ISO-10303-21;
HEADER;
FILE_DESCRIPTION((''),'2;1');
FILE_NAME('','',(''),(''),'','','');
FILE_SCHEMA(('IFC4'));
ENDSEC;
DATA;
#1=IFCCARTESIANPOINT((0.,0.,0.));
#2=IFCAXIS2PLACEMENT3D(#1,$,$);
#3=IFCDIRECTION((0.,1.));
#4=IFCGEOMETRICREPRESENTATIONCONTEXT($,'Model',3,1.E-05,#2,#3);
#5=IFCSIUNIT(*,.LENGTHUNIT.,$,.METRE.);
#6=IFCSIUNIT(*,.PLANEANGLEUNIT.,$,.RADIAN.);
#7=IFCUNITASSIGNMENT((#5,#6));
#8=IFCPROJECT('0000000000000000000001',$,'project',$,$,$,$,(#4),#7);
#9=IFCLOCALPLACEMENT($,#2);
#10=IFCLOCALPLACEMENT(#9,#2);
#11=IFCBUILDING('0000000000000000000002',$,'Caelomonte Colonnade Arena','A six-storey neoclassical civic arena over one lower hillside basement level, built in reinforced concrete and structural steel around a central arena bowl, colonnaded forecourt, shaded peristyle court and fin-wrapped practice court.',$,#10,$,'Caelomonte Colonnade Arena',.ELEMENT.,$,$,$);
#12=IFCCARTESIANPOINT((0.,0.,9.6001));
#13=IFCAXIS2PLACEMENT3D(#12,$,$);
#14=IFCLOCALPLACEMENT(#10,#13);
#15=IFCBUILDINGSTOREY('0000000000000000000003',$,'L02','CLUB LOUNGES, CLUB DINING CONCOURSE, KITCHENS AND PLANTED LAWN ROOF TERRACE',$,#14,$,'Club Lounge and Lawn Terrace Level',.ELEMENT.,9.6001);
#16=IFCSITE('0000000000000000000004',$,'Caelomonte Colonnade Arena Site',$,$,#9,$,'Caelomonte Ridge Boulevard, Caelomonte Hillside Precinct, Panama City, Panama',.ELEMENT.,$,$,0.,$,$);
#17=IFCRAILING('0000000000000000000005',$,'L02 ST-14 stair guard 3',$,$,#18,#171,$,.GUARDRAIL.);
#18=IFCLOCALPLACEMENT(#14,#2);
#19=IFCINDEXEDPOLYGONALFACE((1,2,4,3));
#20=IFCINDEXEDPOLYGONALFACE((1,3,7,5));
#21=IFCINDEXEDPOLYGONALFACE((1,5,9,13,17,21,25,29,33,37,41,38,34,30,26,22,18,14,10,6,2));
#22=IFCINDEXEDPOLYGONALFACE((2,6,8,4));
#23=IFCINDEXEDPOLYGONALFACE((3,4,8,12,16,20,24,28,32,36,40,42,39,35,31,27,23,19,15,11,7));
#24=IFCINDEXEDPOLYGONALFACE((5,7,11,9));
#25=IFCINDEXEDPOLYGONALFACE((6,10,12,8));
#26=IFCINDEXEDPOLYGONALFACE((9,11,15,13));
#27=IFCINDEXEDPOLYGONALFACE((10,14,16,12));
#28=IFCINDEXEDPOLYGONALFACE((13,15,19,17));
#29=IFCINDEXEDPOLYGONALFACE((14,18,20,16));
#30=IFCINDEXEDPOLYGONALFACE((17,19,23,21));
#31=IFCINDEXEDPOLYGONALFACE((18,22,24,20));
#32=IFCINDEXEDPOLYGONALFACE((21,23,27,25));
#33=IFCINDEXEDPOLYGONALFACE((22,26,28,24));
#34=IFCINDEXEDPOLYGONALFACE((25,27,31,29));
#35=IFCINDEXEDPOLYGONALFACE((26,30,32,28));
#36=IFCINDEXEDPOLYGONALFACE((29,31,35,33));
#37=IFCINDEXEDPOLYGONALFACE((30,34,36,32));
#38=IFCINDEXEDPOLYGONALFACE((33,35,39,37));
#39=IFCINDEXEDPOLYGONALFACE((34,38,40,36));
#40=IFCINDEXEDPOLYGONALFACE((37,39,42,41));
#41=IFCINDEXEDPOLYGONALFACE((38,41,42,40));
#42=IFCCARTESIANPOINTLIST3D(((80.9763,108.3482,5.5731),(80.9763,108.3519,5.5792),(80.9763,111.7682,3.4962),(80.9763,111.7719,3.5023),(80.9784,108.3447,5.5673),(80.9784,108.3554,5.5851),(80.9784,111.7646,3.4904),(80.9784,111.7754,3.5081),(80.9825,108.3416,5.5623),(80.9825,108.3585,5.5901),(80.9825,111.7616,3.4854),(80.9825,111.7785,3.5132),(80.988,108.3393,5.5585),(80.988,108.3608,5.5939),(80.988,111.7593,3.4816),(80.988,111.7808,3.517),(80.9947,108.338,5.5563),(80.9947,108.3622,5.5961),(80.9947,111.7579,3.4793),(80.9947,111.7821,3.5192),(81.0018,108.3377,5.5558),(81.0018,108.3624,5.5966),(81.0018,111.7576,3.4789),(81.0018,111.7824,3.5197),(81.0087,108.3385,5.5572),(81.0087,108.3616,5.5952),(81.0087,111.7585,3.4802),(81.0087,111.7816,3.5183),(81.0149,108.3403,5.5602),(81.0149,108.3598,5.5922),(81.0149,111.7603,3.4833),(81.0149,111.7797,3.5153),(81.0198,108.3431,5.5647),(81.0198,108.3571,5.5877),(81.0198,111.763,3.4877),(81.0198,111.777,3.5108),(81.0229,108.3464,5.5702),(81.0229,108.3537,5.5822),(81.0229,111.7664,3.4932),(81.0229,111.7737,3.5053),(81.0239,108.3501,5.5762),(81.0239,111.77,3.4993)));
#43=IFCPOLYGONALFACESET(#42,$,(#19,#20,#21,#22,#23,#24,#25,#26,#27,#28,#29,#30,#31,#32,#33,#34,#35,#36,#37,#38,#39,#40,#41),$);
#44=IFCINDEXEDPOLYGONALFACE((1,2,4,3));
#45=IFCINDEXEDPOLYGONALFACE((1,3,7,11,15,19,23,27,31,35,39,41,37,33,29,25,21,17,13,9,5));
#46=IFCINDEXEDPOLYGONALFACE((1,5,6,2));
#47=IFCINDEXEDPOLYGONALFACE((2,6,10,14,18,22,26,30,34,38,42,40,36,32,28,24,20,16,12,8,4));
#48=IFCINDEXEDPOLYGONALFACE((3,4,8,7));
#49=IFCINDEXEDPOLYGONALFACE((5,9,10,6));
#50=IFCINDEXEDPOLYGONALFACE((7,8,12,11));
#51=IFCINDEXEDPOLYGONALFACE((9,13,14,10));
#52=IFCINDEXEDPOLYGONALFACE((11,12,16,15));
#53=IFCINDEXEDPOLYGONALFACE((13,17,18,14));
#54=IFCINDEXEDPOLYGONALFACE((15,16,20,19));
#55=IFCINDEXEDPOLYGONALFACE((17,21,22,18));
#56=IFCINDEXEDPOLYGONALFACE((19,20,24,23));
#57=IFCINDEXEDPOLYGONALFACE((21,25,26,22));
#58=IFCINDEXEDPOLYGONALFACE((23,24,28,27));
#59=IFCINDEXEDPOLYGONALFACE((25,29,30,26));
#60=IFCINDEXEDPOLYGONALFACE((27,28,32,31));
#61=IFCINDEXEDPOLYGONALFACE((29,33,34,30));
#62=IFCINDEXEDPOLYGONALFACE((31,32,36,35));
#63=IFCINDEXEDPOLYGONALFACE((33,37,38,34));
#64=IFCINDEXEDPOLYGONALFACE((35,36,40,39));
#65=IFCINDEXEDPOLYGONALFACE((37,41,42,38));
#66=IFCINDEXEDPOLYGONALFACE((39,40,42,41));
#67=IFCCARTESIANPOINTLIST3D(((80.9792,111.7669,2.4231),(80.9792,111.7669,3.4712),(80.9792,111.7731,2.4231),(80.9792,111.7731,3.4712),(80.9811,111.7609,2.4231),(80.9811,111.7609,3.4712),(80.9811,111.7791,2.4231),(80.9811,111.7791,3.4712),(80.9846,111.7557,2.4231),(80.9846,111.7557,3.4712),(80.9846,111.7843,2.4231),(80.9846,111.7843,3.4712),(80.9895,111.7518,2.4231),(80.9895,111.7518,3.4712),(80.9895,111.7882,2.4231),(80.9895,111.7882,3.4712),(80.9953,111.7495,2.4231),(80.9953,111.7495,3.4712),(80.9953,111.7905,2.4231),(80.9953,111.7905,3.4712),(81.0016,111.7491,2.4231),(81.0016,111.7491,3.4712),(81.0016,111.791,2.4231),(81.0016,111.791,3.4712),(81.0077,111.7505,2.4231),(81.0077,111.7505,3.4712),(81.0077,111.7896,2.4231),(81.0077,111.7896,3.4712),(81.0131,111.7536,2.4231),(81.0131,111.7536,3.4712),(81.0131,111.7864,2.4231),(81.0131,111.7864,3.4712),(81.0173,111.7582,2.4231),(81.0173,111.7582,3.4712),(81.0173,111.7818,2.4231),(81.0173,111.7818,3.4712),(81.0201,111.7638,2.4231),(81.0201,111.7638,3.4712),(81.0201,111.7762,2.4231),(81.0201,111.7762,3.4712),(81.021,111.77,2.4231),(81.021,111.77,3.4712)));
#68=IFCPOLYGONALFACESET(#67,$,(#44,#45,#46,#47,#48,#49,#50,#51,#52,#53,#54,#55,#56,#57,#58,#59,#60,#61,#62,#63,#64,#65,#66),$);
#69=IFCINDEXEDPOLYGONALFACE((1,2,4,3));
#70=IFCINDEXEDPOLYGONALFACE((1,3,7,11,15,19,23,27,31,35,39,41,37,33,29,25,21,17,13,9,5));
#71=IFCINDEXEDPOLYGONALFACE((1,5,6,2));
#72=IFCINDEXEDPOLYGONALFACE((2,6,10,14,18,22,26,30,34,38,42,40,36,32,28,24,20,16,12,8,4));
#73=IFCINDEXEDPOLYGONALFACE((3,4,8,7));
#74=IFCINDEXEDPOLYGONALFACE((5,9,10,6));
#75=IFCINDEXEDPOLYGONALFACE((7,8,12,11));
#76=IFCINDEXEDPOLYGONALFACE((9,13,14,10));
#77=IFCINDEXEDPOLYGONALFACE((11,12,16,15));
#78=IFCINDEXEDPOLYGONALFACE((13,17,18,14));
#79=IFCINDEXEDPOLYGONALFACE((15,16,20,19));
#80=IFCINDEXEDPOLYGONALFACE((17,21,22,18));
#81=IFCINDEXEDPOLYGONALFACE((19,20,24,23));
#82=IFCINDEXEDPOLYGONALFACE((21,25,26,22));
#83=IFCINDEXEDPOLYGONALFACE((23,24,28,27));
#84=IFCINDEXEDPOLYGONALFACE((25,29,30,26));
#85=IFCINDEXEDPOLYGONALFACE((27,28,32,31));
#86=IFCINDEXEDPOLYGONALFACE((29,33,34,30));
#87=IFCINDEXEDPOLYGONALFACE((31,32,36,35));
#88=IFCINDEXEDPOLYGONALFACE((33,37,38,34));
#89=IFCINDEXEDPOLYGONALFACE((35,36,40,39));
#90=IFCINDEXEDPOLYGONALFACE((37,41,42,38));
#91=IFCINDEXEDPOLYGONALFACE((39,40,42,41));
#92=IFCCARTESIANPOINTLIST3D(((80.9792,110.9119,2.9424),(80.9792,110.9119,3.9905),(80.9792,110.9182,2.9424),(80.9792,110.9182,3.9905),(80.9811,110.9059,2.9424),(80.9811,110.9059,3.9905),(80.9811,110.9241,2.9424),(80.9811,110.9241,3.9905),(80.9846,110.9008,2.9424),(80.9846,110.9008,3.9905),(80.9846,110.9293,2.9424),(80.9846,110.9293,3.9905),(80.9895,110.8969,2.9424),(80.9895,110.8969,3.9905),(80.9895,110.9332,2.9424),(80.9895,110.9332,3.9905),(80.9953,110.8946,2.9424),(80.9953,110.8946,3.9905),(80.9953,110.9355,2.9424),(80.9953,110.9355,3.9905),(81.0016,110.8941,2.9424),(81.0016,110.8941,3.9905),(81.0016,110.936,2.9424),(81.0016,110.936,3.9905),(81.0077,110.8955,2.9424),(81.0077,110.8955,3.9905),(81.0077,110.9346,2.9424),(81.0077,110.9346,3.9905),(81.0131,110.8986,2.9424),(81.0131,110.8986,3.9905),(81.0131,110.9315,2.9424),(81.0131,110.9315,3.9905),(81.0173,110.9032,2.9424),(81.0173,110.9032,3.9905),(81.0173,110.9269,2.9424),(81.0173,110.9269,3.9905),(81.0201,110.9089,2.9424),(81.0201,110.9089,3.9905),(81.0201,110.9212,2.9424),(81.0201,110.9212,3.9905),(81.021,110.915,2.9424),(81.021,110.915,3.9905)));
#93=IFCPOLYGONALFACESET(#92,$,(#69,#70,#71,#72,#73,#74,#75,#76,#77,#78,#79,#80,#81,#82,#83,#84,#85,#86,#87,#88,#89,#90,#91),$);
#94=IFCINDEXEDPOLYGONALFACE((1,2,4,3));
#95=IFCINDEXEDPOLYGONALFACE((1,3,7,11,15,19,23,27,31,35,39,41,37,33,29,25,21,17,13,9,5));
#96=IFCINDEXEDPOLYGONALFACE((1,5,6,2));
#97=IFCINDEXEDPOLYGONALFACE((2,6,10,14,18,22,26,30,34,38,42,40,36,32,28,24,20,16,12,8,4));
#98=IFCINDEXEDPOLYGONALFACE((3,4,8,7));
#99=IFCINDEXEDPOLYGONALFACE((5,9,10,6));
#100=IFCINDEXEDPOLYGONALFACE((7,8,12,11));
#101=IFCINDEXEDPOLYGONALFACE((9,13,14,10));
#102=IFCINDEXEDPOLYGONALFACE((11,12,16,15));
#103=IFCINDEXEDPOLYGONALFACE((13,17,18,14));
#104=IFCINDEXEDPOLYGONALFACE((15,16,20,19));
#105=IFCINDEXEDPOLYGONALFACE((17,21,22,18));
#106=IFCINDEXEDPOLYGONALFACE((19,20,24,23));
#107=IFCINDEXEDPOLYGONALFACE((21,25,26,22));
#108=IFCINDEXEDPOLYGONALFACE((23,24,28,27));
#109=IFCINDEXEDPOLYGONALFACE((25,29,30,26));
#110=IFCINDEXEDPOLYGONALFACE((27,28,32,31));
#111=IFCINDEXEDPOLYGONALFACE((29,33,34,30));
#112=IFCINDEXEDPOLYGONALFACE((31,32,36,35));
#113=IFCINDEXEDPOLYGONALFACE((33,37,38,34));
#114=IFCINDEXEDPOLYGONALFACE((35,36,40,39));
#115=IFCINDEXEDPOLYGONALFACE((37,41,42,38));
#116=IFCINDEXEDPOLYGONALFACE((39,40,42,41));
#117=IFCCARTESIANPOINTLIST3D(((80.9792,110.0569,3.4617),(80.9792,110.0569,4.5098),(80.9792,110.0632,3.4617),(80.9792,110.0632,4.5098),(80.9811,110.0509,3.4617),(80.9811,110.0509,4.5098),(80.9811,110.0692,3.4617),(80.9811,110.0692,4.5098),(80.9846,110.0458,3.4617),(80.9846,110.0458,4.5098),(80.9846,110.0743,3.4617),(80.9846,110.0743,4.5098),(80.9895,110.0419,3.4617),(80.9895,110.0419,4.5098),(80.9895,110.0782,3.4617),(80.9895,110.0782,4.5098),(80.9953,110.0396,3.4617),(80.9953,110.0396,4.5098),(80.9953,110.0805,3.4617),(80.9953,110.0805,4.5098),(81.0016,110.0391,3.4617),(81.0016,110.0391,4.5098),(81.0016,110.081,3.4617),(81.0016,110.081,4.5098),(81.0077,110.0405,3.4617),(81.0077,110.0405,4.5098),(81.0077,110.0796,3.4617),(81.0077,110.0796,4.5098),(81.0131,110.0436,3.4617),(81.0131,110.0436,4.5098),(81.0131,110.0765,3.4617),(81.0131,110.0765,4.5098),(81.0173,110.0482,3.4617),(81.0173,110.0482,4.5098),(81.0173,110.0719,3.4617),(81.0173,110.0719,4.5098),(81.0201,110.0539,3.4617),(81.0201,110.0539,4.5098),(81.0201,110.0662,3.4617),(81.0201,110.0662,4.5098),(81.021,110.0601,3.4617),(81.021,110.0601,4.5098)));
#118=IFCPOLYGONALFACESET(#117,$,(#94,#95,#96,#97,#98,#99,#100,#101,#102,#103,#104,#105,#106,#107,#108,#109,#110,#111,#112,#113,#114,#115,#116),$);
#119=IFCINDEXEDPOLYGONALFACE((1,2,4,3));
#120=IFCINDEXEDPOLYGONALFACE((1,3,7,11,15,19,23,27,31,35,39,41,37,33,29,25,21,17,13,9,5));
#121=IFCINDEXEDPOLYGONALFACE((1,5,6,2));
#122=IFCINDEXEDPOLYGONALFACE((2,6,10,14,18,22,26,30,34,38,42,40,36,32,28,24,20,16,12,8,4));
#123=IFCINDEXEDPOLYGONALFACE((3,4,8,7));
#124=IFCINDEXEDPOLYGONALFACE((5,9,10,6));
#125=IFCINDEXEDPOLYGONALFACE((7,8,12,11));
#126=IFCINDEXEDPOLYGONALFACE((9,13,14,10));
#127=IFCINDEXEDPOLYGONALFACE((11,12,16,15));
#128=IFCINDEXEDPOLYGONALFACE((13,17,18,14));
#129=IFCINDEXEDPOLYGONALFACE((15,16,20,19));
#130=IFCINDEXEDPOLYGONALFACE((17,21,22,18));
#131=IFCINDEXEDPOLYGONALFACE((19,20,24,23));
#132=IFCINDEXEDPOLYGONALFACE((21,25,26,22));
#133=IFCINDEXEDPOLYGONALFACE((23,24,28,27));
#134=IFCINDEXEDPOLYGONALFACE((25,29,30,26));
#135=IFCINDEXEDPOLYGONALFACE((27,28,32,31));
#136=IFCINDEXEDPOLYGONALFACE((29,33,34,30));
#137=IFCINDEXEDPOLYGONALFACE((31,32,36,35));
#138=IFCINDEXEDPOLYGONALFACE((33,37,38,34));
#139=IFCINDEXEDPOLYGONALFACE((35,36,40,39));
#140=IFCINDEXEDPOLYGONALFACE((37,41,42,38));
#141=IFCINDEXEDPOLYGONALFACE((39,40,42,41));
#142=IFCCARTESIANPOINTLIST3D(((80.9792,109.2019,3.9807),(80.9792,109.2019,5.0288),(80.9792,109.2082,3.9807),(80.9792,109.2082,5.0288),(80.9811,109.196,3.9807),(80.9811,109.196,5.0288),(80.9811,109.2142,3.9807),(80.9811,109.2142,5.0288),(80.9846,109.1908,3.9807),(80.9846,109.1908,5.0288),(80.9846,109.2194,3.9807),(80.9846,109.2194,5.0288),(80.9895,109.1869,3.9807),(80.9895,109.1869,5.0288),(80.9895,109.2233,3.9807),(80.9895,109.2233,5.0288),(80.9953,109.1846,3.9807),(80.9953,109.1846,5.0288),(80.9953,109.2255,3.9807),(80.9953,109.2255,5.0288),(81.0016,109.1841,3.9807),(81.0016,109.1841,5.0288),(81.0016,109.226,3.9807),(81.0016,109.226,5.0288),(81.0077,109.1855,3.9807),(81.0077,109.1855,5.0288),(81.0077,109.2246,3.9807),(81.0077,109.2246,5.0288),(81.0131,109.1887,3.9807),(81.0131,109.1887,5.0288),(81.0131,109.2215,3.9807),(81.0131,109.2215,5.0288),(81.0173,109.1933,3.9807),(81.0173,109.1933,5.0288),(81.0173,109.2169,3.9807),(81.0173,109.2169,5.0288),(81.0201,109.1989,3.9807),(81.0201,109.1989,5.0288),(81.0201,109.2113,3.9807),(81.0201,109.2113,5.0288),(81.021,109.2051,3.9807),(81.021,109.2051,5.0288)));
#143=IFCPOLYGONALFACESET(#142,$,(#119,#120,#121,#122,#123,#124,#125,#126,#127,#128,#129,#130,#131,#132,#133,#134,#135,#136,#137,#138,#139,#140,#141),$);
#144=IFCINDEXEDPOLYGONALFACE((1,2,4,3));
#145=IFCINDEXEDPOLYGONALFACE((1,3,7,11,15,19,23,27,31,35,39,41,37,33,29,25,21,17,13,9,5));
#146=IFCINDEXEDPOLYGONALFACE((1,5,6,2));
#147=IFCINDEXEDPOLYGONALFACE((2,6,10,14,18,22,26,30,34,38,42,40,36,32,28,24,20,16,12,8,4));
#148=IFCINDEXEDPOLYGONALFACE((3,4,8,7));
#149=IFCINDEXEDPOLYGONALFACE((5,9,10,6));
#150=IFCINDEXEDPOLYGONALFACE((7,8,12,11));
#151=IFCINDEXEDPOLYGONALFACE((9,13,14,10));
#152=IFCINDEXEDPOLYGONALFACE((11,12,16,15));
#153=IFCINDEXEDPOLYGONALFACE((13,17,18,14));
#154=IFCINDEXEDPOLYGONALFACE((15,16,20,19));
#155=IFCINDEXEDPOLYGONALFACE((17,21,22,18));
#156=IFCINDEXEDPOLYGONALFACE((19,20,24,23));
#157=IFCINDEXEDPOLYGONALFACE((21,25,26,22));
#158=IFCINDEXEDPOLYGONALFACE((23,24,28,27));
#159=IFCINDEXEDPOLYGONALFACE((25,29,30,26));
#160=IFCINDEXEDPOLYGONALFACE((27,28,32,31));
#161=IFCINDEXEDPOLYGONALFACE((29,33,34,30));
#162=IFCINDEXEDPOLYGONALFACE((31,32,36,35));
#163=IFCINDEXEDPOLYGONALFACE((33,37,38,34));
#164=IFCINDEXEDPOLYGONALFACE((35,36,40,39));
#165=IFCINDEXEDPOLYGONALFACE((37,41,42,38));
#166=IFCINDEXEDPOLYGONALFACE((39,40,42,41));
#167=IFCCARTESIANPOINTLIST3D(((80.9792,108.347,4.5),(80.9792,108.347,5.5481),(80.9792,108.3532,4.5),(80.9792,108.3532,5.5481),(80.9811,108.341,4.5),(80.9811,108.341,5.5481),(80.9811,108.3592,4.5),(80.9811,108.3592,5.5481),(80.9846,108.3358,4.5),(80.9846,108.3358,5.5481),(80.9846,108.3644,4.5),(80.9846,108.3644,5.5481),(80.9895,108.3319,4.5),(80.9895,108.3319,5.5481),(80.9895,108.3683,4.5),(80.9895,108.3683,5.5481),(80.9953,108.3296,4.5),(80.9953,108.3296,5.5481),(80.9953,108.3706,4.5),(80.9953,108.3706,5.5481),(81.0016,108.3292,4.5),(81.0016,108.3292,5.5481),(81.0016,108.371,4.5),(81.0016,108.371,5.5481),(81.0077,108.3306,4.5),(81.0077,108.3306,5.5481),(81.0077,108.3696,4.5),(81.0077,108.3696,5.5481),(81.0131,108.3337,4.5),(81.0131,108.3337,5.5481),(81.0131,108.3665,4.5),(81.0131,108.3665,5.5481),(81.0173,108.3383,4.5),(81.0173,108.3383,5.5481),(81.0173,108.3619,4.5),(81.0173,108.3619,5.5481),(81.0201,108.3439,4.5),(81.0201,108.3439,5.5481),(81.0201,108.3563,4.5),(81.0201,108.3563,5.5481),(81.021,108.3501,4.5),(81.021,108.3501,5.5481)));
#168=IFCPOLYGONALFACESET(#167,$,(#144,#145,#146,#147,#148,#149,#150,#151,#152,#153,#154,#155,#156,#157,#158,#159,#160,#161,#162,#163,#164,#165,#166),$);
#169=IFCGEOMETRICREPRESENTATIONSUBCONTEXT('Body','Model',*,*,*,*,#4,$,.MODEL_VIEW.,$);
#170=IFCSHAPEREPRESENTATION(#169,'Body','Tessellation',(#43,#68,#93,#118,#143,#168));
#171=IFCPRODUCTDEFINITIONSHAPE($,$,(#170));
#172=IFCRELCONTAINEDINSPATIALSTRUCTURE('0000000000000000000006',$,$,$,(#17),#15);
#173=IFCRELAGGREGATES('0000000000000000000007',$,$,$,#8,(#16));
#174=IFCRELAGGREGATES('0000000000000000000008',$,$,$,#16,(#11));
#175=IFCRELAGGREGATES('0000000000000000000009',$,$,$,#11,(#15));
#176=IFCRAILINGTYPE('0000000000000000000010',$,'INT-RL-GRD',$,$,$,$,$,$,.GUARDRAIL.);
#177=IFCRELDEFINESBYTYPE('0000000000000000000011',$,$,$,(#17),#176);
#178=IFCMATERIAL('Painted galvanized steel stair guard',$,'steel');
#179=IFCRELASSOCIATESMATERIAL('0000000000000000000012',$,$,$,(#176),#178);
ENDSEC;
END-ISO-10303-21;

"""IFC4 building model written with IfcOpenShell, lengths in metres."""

from ifc_helpers import new_model, si_unit, direction, frame, origin, origin_2d, place, context, subcontext, project, spatial, circle, extrude, material, type_object, element, save


model = new_model("IFC4")

# Units and contexts
model_context = context("Model", 3, precision=1e-05, world=origin(), true_north=direction((0.0, 1.0)))
body_context = subcontext(model_context, "Body", "Model", "MODEL_VIEW")
ifc_project = project(units=[si_unit("LENGTHUNIT", "METRE"), si_unit("PLANEANGLEUNIT", "RADIAN")], contexts=[model_context])

# Site, building, storey
site_placement = place(None, origin())
site = spatial("IfcSite", under=ifc_project, at=site_placement, Name="Caelomonte Colonnade Arena Site", LongName="Caelomonte Ridge Boulevard, Caelomonte Hillside Precinct, Panama City, Panama", CompositionType="ELEMENT", RefElevation=0.0)
building_placement = place(site_placement, origin())
building = spatial("IfcBuilding", under=site, at=building_placement, Name="Caelomonte Colonnade Arena", Description="A six-storey neoclassical civic arena over one lower hillside basement level, built in reinforced concrete and structural steel around a central arena bowl, colonnaded forecourt, shaded peristyle court and fin-wrapped practice court.", LongName="Caelomonte Colonnade Arena", CompositionType="ELEMENT")
storey_placement = place(building_placement, frame((0.0, 0.0, 9.6001)))
storey = spatial("IfcBuildingStorey", under=building, at=storey_placement, Name="L02", Description="CLUB LOUNGES, CLUB DINING CONCOURSE, KITCHENS AND PLANTED LAWN ROOF TERRACE", LongName="Club Lounge and Lawn Terrace Level", CompositionType="ELEMENT", Elevation=9.6001)

# Railing
ifc_material_1 = material(Name="Painted galvanized steel stair guard", Category="steel")
railing_type_1 = type_object("IfcRailingType", Name="INT-RL-GRD", PredefinedType="GUARDRAIL", material=ifc_material_1)
railing_1_placement = place(storey_placement, frame((81.0, 111.77, 2.4231)))
element("IfcRailing", 1, at=railing_1_placement, inside=storey, type_object=railing_type_1, Name="L02 ST-14 stair guard 3", PredefinedType="GUARDRAIL", context=body_context, shape_type="SweptSolid", body=[
    extrude(circle(Radius=0.0239, at=origin_2d()), frame((0.0, 0.0, 1.0762), z_axis=(0.0, -0.85473, 0.519074), x_axis=(1.0, 0.0, 0.0)), (0.0, 0.0, 1.0), 4.0012),
    extrude(circle(Radius=0.021, at=origin_2d()), origin(), (0.0, 0.0, 1.0), 1.0481),
    extrude(circle(Radius=0.021, at=origin_2d()), frame((0.0, -0.855, 0.5193)), (0.0, 0.0, 1.0), 1.0481),
    extrude(circle(Radius=0.021, at=origin_2d()), frame((0.0, -1.71, 1.0386)), (0.0, 0.0, 1.0), 1.0481),
    extrude(circle(Radius=0.021, at=origin_2d()), frame((0.0, -2.5649, 1.5576)), (0.0, 0.0, 1.0), 1.0481),
    extrude(circle(Radius=0.021, at=origin_2d()), frame((0.0, -3.4199, 2.0769)), (0.0, 0.0, 1.0), 1.0481),
])

save(model, "model.ifc")
